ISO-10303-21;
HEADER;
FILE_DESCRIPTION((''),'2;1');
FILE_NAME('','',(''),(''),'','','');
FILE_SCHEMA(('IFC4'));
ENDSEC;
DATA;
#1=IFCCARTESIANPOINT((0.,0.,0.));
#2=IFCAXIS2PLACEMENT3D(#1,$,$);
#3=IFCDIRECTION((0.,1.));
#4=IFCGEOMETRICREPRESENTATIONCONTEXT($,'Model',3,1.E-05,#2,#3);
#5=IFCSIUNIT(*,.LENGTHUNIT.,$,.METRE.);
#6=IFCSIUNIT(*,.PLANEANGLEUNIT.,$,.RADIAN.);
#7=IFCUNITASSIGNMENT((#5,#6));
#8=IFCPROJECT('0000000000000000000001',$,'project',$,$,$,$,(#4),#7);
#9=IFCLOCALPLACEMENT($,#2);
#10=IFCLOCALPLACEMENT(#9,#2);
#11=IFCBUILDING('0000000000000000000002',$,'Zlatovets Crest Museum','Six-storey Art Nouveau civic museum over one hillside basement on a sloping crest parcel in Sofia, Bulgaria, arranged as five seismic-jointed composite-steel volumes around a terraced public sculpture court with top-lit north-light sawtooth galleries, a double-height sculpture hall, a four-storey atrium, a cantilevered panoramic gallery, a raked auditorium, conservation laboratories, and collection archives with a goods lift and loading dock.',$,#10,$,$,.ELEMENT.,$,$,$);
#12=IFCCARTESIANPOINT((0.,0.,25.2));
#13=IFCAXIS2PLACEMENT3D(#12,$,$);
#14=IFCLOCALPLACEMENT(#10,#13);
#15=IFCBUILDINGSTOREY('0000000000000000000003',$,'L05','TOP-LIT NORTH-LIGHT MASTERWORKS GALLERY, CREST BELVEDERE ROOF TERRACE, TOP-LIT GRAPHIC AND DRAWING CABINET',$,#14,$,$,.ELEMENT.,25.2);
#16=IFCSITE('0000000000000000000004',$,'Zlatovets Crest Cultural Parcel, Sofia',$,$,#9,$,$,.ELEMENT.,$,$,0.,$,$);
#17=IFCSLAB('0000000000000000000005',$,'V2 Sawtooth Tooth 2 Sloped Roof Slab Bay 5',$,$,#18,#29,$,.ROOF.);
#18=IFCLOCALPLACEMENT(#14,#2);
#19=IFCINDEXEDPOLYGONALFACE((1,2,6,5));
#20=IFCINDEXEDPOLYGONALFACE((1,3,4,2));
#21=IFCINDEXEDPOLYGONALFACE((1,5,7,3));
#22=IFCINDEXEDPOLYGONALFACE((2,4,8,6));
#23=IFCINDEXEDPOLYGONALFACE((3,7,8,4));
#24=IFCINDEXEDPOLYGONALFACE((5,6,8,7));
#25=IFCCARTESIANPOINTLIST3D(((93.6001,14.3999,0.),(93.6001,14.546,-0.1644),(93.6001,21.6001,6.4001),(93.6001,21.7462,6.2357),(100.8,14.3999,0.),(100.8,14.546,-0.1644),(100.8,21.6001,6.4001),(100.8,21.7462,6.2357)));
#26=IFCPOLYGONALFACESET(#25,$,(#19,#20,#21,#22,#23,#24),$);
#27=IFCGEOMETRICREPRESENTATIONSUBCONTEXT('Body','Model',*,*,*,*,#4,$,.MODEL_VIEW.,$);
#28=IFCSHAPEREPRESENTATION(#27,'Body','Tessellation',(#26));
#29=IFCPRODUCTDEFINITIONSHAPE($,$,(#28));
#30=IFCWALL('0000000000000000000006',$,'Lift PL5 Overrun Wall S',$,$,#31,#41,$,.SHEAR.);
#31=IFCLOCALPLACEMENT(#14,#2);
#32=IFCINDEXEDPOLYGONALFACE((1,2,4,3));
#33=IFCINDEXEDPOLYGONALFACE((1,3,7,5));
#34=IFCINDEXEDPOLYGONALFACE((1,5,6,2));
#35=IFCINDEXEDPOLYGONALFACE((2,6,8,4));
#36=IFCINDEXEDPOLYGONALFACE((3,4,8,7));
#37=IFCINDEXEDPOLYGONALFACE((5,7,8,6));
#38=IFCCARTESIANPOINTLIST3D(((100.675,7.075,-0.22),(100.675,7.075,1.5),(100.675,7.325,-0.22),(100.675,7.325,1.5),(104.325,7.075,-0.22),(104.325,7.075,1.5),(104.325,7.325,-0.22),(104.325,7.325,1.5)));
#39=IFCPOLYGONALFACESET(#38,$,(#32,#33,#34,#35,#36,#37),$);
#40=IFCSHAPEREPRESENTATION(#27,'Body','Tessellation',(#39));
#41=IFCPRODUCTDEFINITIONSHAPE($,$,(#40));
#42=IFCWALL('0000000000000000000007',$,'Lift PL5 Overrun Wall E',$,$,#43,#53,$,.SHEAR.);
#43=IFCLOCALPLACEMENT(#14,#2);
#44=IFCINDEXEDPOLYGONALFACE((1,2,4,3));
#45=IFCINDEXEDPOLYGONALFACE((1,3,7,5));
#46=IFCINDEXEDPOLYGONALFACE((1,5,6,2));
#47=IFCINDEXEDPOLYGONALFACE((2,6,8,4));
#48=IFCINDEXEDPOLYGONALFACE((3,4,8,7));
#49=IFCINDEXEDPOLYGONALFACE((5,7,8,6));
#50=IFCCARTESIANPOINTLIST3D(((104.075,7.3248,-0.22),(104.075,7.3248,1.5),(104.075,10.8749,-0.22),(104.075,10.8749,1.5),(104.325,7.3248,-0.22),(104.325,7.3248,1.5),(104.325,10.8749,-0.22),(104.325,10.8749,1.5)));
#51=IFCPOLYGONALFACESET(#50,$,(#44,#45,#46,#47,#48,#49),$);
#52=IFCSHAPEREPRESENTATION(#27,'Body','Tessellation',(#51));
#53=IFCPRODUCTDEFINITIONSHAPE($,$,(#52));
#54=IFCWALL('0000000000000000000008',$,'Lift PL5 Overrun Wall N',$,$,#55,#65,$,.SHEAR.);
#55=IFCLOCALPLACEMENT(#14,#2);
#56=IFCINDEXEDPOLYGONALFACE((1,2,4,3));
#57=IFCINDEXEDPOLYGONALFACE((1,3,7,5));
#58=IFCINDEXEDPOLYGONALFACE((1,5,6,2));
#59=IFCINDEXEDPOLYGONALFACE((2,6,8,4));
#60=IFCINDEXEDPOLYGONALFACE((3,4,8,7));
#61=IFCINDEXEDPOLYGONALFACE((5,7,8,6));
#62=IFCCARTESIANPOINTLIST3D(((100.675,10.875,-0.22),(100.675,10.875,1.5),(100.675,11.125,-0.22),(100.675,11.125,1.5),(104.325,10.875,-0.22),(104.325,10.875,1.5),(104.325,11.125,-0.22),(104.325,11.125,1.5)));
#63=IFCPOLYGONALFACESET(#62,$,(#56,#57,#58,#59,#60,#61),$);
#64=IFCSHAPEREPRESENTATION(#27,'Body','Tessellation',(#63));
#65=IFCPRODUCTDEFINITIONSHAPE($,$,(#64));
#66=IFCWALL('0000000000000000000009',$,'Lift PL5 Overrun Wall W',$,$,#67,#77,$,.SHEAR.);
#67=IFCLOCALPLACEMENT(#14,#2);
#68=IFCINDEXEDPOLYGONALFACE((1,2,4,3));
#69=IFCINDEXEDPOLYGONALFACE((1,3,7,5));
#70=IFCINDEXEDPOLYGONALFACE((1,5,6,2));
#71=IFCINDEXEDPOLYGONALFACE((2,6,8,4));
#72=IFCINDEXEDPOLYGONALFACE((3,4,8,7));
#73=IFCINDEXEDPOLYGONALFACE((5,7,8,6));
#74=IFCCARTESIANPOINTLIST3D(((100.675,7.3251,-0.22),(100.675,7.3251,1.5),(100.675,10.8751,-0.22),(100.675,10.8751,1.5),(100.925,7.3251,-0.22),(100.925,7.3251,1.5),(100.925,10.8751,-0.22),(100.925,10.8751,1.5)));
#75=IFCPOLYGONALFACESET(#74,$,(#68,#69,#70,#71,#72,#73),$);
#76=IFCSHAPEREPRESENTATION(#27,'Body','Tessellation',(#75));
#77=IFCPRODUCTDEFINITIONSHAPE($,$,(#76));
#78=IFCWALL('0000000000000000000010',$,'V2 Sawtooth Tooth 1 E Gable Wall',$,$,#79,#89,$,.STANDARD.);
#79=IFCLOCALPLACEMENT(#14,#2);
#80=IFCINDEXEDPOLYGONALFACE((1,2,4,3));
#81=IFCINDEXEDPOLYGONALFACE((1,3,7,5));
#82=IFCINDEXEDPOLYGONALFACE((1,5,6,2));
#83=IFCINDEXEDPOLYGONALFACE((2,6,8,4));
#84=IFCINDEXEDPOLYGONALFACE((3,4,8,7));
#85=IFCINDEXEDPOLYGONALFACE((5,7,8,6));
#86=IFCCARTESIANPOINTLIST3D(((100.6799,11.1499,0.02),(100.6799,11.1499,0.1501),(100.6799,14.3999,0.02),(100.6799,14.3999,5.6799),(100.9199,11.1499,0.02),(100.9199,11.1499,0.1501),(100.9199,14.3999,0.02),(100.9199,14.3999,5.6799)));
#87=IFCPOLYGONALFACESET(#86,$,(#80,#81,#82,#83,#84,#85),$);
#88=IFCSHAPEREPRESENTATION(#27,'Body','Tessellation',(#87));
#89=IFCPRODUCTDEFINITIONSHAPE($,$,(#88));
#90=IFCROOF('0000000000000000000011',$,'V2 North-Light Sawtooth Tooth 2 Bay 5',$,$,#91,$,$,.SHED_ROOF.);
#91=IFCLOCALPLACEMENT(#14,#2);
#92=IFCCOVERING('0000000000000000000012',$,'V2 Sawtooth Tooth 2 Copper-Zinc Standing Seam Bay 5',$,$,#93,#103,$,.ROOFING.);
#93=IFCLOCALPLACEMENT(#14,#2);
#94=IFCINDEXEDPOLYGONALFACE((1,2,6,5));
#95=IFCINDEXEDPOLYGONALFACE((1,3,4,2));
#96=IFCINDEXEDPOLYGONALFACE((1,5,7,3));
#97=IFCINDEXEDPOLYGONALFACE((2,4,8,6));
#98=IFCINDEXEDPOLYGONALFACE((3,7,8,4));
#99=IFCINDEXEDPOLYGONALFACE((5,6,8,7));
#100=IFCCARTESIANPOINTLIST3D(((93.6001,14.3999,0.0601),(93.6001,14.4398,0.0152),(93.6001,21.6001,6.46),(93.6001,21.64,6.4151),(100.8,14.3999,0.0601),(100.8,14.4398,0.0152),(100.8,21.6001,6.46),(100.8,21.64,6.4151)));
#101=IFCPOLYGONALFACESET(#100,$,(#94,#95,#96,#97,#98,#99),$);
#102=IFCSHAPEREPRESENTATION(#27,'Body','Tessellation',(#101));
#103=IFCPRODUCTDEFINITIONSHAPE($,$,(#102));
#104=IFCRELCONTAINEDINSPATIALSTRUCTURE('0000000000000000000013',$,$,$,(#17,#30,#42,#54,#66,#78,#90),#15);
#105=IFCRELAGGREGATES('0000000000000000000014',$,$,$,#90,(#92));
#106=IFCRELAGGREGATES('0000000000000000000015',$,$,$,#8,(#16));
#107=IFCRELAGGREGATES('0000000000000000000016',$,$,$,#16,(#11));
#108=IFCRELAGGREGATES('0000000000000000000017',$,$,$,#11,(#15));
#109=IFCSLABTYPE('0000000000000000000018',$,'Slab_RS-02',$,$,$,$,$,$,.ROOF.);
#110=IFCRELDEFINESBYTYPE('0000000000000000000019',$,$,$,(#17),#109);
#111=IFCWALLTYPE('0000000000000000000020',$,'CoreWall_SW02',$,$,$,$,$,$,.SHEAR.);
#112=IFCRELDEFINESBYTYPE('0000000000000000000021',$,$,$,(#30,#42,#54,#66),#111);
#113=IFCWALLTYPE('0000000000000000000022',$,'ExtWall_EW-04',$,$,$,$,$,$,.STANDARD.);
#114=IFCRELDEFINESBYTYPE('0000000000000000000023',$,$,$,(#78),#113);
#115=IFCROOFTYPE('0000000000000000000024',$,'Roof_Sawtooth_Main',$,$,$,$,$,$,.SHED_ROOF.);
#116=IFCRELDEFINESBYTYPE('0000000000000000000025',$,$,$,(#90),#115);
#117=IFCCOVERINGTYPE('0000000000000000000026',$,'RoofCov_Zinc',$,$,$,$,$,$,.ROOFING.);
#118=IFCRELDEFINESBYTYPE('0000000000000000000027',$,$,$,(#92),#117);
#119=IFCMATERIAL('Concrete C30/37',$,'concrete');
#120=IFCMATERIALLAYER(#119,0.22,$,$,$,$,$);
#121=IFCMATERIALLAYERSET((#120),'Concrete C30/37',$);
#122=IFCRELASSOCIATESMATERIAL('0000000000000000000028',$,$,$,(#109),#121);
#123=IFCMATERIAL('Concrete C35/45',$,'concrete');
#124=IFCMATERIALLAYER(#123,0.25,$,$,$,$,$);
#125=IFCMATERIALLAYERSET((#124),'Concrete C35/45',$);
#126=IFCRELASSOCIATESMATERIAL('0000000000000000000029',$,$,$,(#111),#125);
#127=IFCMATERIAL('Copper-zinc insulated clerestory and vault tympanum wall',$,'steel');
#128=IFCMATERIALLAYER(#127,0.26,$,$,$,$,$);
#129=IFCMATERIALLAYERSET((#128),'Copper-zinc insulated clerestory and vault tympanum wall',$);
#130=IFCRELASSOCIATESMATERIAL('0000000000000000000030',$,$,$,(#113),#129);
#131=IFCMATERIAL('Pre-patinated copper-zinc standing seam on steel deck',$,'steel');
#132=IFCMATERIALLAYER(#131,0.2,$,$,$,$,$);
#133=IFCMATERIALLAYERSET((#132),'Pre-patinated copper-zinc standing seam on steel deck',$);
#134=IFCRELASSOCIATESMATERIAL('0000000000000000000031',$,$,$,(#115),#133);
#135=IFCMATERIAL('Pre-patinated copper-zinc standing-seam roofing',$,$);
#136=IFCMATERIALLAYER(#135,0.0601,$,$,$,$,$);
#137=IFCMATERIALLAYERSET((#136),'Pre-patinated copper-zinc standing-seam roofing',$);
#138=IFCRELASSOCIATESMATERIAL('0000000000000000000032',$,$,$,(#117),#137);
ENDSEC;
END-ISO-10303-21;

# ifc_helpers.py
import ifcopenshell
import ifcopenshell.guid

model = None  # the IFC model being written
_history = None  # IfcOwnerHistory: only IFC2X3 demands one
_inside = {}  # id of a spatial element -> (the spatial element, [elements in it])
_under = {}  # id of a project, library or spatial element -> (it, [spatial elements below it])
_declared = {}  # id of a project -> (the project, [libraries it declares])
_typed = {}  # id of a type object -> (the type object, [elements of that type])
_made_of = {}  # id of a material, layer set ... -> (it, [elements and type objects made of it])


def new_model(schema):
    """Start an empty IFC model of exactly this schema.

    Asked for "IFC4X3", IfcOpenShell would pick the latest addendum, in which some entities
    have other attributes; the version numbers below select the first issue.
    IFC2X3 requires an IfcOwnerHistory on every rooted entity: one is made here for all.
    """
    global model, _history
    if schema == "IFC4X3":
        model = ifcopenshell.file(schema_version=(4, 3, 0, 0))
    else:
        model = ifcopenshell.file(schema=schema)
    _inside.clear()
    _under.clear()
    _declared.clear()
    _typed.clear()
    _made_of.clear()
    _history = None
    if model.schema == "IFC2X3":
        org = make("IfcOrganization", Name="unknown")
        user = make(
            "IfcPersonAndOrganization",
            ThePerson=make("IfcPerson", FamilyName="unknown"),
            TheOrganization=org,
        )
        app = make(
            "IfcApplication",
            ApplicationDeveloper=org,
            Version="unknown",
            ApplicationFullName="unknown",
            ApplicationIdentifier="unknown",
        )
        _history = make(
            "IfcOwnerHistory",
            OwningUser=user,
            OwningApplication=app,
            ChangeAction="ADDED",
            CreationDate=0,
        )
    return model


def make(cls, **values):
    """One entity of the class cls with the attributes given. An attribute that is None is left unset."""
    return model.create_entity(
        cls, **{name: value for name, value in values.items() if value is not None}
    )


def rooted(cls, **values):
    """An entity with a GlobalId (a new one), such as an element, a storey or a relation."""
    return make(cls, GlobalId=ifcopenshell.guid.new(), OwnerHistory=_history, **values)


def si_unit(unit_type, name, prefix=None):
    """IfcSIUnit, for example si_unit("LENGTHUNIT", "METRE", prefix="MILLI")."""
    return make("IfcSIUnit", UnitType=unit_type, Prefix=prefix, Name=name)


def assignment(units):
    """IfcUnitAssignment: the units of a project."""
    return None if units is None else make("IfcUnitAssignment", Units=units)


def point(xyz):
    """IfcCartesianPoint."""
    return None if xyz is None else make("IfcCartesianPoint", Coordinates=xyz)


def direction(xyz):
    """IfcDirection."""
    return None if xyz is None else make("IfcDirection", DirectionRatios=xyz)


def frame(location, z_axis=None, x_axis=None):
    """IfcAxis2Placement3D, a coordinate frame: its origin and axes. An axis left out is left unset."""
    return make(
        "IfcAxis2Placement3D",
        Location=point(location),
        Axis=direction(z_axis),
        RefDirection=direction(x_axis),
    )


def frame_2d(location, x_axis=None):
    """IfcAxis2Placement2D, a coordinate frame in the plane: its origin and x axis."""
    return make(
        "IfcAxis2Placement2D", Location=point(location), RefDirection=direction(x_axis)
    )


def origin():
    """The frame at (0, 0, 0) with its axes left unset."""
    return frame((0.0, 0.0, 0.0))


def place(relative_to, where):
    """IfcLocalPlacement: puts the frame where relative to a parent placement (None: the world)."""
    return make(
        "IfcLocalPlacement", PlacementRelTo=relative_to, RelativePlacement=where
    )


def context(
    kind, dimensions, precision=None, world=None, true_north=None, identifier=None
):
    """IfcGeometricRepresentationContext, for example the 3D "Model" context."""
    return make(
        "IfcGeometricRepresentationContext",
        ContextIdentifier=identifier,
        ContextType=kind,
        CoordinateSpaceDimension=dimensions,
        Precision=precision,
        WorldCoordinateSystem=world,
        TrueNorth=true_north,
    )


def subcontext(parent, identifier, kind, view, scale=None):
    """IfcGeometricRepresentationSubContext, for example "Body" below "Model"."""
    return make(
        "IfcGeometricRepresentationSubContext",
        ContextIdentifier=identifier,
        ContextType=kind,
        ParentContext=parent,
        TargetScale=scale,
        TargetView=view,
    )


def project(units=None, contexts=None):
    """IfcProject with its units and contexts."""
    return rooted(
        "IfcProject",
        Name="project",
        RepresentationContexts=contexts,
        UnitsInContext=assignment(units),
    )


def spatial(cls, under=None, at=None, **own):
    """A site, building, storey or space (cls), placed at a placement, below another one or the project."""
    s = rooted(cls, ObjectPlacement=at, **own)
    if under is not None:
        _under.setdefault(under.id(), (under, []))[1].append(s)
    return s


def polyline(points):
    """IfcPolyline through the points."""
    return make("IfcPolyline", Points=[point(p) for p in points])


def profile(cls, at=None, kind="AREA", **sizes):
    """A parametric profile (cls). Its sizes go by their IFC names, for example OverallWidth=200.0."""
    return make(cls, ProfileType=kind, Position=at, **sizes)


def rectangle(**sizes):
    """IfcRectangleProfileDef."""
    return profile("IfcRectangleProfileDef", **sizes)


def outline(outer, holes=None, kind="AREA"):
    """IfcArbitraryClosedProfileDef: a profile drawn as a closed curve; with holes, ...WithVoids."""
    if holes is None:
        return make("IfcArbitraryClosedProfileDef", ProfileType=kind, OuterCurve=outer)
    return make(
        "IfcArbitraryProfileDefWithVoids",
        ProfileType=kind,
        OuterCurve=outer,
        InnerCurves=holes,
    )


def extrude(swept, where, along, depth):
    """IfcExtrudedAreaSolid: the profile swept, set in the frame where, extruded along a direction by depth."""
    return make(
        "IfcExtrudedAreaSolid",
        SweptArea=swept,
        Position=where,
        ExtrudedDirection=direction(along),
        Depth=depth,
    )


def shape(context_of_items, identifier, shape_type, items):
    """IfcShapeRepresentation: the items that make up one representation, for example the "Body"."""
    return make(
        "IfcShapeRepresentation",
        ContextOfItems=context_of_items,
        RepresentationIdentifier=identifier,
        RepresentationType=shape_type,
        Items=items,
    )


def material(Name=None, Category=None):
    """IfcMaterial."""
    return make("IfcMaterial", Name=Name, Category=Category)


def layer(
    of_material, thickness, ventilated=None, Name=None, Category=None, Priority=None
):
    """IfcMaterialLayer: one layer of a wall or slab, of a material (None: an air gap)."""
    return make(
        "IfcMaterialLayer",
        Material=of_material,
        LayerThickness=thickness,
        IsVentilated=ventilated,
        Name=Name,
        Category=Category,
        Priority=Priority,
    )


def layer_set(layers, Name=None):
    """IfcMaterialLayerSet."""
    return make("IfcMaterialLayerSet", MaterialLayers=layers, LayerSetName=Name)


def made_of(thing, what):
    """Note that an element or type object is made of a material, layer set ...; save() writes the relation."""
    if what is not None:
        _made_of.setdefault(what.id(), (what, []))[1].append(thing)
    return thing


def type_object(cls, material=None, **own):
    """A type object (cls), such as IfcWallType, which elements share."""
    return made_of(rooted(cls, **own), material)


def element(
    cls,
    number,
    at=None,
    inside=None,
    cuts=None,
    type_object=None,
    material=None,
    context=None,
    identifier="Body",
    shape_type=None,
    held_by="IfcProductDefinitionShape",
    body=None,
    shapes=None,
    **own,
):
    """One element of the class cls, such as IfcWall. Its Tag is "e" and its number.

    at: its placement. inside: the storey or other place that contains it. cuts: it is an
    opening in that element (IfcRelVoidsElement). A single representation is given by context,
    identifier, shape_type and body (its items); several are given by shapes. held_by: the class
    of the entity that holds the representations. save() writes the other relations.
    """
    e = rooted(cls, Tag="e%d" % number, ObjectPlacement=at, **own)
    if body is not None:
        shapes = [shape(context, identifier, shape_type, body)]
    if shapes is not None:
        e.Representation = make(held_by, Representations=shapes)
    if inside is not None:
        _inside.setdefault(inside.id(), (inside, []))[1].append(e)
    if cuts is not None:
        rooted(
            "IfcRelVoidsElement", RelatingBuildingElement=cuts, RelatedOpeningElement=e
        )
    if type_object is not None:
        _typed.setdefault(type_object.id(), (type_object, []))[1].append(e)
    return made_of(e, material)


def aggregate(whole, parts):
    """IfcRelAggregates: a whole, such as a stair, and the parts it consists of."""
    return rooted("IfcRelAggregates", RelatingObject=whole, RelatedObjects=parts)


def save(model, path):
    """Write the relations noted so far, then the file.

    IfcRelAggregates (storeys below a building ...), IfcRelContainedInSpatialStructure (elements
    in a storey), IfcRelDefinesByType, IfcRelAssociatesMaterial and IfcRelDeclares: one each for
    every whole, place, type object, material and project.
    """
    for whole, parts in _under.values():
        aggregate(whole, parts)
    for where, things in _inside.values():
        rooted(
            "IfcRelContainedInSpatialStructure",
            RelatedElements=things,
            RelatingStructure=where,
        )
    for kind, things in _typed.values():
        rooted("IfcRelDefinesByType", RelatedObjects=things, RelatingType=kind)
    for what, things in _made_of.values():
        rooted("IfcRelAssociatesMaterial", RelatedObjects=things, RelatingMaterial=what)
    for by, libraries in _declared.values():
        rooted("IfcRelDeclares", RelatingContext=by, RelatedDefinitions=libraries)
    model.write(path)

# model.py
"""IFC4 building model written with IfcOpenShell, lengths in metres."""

from ifc_helpers import new_model, si_unit, direction, frame, frame_2d, origin, place, context, subcontext, project, spatial, polyline, rectangle, outline, extrude, material, layer, layer_set, type_object, element, aggregate, save


model = new_model("IFC4")

# Units and contexts
model_context = context("Model", 3, precision=1e-05, world=origin(), true_north=direction((0.0, 1.0)))
body_context = subcontext(model_context, "Body", "Model", "MODEL_VIEW")
ifc_project = project(units=[si_unit("LENGTHUNIT", "METRE"), si_unit("PLANEANGLEUNIT", "RADIAN")], contexts=[model_context])

# Site, building, storey
site_placement = place(None, origin())
site = spatial("IfcSite", under=ifc_project, at=site_placement, Name="Zlatovets Crest Cultural Parcel, Sofia", CompositionType="ELEMENT", RefElevation=0.0)
building_placement = place(site_placement, origin())
building = spatial("IfcBuilding", under=site, at=building_placement, Name="Zlatovets Crest Museum", Description="Six-storey Art Nouveau civic museum over one hillside basement on a sloping crest parcel in Sofia, Bulgaria, arranged as five seismic-jointed composite-steel volumes around a terraced public sculpture court with top-lit north-light sawtooth galleries, a double-height sculpture hall, a four-storey atrium, a cantilevered panoramic gallery, a raked auditorium, conservation laboratories, and collection archives with a goods lift and loading dock.", CompositionType="ELEMENT")
storey_placement = place(building_placement, frame((0.0, 0.0, 25.2)))
storey = spatial("IfcBuildingStorey", under=building, at=storey_placement, Name="L05", Description="TOP-LIT NORTH-LIGHT MASTERWORKS GALLERY, CREST BELVEDERE ROOF TERRACE, TOP-LIT GRAPHIC AND DRAWING CABINET", CompositionType="ELEMENT", Elevation=25.2)

# Slab
ifc_material_1 = material(Name="Concrete C30/37", Category="concrete")
ifc_layer_1 = layer(ifc_material_1, 0.22)
ifc_layer_set_1 = layer_set([ifc_layer_1], Name="Concrete C30/37")
slab_type = type_object("IfcSlabType", Name="Slab_RS-02", PredefinedType="ROOF", material=ifc_layer_set_1)
slab_placement = place(storey_placement, frame((93.6001, 14.3999, 0.0), z_axis=(0.0, -0.664362, 0.747411), x_axis=(1.0, 0.0, 0.0)))
element("IfcSlab", 1, at=slab_placement, inside=storey, type_object=slab_type, Name="V2 Sawtooth Tooth 2 Sloped Roof Slab Bay 5", PredefinedType="ROOF", context=body_context, shape_type="SweptSolid", body=[
    extrude(outline(polyline([(0.0, 0.0), (7.2, 0.0), (7.2, 9.6335), (0.0, 9.6335), (0.0, 0.0)])), origin(), (0.0, 0.0, -1.0), 0.22),
])

# Walls
ifc_material_2 = material(Name="Concrete C35/45", Category="concrete")
ifc_layer_2 = layer(ifc_material_2, 0.25)
ifc_layer_set_2 = layer_set([ifc_layer_2], Name="Concrete C35/45")
wall_type_1 = type_object("IfcWallType", Name="CoreWall_SW02", PredefinedType="SHEAR", material=ifc_layer_set_2)
wall_1_placement = place(storey_placement, frame((100.675, 7.2, -0.22), z_axis=(0.0, 0.0, 1.0), x_axis=(1.0, 0.0, 0.0)))
element("IfcWall", 2, at=wall_1_placement, inside=storey, type_object=wall_type_1, Name="Lift PL5 Overrun Wall S", PredefinedType="SHEAR", context=body_context, shape_type="SweptSolid", body=[
    extrude(rectangle(XDim=3.6499, YDim=0.25, at=frame_2d((1.825, 0.0))), origin(), (0.0, 0.0, 1.0), 1.72),
])
wall_2_placement = place(storey_placement, frame((104.2, 7.325, -0.22), z_axis=(0.0, 0.0, 1.0), x_axis=(0.0, 1.0, 0.0)))
element("IfcWall", 3, at=wall_2_placement, inside=storey, type_object=wall_type_1, Name="Lift PL5 Overrun Wall E", PredefinedType="SHEAR", context=body_context, shape_type="SweptSolid", body=[
    extrude(rectangle(XDim=3.55, YDim=0.25, at=frame_2d((1.7749, 0.0))), origin(), (0.0, 0.0, 1.0), 1.72),
])
wall_3_placement = place(storey_placement, frame((104.325, 11.0, -0.22), z_axis=(0.0, 0.0, 1.0), x_axis=(-1.0, 0.0, 0.0)))
element("IfcWall", 4, at=wall_3_placement, inside=storey, type_object=wall_type_1, Name="Lift PL5 Overrun Wall N", PredefinedType="SHEAR", context=body_context, shape_type="SweptSolid", body=[
    extrude(rectangle(XDim=3.6499, YDim=0.25, at=frame_2d((1.825, 0.0))), origin(), (0.0, 0.0, 1.0), 1.72),
])
wall_4_placement = place(storey_placement, frame((100.8, 10.875, -0.22), z_axis=(0.0, 0.0, 1.0), x_axis=(0.0, -1.0, 0.0)))
element("IfcWall", 5, at=wall_4_placement, inside=storey, type_object=wall_type_1, Name="Lift PL5 Overrun Wall W", PredefinedType="SHEAR", context=body_context, shape_type="SweptSolid", body=[
    extrude(rectangle(XDim=3.55, YDim=0.25, at=frame_2d((1.7749, 0.0))), origin(), (0.0, 0.0, 1.0), 1.72),
])
ifc_material_3 = material(Name="Copper-zinc insulated clerestory and vault tympanum wall", Category="steel")
ifc_layer_3 = layer(ifc_material_3, 0.26)
ifc_layer_set_3 = layer_set([ifc_layer_3], Name="Copper-zinc insulated clerestory and vault tympanum wall")
wall_type_2 = type_object("IfcWallType", Name="ExtWall_EW-04", PredefinedType="STANDARD", material=ifc_layer_set_3)
wall_5_placement = place(storey_placement, frame((100.8, 11.1499, 0.02), z_axis=(0.0, 0.0, 1.0), x_axis=(0.0, 1.0, 0.0)))
element("IfcWall", 6, at=wall_5_placement, inside=storey, type_object=wall_type_2, Name="V2 Sawtooth Tooth 1 E Gable Wall", PredefinedType="STANDARD", context=body_context, shape_type="SweptSolid", body=[
    extrude(outline(polyline([(0.0, 0.0), (3.25, 0.0), (3.25, 5.6599), (0.0, 0.1301), (0.0, 0.0)])), frame((0.0, 0.1201, 0.0), z_axis=(0.0, -1.0, 0.0), x_axis=(1.0, 0.0, 0.0)), (0.0, 0.0, 1.0), 0.24),
])

# Roof, covering
ifc_material_4 = material(Name="Pre-patinated copper-zinc standing seam on steel deck", Category="steel")
ifc_layer_4 = layer(ifc_material_4, 0.2)
ifc_layer_set_4 = layer_set([ifc_layer_4], Name="Pre-patinated copper-zinc standing seam on steel deck")
roof_type = type_object("IfcRoofType", Name="Roof_Sawtooth_Main", PredefinedType="SHED_ROOF", material=ifc_layer_set_4)
roof_placement = place(storey_placement, origin())
roof = element("IfcRoof", 7, at=roof_placement, inside=storey, type_object=roof_type, Name="V2 North-Light Sawtooth Tooth 2 Bay 5", PredefinedType="SHED_ROOF")
ifc_material_5 = material(Name="Pre-patinated copper-zinc standing-seam roofing")
ifc_layer_5 = layer(ifc_material_5, 0.0601)
ifc_layer_set_5 = layer_set([ifc_layer_5], Name="Pre-patinated copper-zinc standing-seam roofing")
covering_type = type_object("IfcCoveringType", Name="RoofCov_Zinc", PredefinedType="ROOFING", material=ifc_layer_set_5)
covering_placement = place(storey_placement, frame((93.6001, 14.3999, 0.0601), z_axis=(0.0, -0.664348, 0.747423), x_axis=(1.0, 0.0, 0.0)))
covering = element("IfcCovering", 8, at=covering_placement, type_object=covering_type, Name="V2 Sawtooth Tooth 2 Copper-Zinc Standing Seam Bay 5", PredefinedType="ROOFING", context=body_context, shape_type="SweptSolid", body=[
    extrude(outline(polyline([(0.0, 0.0), (7.2, 0.0), (7.2, 9.6334), (0.0, 9.6334), (0.0, 0.0)])), origin(), (0.0, 0.0, -1.0), 0.0601),
])
aggregate(roof, [covering])

save(model, "model.ifc")
